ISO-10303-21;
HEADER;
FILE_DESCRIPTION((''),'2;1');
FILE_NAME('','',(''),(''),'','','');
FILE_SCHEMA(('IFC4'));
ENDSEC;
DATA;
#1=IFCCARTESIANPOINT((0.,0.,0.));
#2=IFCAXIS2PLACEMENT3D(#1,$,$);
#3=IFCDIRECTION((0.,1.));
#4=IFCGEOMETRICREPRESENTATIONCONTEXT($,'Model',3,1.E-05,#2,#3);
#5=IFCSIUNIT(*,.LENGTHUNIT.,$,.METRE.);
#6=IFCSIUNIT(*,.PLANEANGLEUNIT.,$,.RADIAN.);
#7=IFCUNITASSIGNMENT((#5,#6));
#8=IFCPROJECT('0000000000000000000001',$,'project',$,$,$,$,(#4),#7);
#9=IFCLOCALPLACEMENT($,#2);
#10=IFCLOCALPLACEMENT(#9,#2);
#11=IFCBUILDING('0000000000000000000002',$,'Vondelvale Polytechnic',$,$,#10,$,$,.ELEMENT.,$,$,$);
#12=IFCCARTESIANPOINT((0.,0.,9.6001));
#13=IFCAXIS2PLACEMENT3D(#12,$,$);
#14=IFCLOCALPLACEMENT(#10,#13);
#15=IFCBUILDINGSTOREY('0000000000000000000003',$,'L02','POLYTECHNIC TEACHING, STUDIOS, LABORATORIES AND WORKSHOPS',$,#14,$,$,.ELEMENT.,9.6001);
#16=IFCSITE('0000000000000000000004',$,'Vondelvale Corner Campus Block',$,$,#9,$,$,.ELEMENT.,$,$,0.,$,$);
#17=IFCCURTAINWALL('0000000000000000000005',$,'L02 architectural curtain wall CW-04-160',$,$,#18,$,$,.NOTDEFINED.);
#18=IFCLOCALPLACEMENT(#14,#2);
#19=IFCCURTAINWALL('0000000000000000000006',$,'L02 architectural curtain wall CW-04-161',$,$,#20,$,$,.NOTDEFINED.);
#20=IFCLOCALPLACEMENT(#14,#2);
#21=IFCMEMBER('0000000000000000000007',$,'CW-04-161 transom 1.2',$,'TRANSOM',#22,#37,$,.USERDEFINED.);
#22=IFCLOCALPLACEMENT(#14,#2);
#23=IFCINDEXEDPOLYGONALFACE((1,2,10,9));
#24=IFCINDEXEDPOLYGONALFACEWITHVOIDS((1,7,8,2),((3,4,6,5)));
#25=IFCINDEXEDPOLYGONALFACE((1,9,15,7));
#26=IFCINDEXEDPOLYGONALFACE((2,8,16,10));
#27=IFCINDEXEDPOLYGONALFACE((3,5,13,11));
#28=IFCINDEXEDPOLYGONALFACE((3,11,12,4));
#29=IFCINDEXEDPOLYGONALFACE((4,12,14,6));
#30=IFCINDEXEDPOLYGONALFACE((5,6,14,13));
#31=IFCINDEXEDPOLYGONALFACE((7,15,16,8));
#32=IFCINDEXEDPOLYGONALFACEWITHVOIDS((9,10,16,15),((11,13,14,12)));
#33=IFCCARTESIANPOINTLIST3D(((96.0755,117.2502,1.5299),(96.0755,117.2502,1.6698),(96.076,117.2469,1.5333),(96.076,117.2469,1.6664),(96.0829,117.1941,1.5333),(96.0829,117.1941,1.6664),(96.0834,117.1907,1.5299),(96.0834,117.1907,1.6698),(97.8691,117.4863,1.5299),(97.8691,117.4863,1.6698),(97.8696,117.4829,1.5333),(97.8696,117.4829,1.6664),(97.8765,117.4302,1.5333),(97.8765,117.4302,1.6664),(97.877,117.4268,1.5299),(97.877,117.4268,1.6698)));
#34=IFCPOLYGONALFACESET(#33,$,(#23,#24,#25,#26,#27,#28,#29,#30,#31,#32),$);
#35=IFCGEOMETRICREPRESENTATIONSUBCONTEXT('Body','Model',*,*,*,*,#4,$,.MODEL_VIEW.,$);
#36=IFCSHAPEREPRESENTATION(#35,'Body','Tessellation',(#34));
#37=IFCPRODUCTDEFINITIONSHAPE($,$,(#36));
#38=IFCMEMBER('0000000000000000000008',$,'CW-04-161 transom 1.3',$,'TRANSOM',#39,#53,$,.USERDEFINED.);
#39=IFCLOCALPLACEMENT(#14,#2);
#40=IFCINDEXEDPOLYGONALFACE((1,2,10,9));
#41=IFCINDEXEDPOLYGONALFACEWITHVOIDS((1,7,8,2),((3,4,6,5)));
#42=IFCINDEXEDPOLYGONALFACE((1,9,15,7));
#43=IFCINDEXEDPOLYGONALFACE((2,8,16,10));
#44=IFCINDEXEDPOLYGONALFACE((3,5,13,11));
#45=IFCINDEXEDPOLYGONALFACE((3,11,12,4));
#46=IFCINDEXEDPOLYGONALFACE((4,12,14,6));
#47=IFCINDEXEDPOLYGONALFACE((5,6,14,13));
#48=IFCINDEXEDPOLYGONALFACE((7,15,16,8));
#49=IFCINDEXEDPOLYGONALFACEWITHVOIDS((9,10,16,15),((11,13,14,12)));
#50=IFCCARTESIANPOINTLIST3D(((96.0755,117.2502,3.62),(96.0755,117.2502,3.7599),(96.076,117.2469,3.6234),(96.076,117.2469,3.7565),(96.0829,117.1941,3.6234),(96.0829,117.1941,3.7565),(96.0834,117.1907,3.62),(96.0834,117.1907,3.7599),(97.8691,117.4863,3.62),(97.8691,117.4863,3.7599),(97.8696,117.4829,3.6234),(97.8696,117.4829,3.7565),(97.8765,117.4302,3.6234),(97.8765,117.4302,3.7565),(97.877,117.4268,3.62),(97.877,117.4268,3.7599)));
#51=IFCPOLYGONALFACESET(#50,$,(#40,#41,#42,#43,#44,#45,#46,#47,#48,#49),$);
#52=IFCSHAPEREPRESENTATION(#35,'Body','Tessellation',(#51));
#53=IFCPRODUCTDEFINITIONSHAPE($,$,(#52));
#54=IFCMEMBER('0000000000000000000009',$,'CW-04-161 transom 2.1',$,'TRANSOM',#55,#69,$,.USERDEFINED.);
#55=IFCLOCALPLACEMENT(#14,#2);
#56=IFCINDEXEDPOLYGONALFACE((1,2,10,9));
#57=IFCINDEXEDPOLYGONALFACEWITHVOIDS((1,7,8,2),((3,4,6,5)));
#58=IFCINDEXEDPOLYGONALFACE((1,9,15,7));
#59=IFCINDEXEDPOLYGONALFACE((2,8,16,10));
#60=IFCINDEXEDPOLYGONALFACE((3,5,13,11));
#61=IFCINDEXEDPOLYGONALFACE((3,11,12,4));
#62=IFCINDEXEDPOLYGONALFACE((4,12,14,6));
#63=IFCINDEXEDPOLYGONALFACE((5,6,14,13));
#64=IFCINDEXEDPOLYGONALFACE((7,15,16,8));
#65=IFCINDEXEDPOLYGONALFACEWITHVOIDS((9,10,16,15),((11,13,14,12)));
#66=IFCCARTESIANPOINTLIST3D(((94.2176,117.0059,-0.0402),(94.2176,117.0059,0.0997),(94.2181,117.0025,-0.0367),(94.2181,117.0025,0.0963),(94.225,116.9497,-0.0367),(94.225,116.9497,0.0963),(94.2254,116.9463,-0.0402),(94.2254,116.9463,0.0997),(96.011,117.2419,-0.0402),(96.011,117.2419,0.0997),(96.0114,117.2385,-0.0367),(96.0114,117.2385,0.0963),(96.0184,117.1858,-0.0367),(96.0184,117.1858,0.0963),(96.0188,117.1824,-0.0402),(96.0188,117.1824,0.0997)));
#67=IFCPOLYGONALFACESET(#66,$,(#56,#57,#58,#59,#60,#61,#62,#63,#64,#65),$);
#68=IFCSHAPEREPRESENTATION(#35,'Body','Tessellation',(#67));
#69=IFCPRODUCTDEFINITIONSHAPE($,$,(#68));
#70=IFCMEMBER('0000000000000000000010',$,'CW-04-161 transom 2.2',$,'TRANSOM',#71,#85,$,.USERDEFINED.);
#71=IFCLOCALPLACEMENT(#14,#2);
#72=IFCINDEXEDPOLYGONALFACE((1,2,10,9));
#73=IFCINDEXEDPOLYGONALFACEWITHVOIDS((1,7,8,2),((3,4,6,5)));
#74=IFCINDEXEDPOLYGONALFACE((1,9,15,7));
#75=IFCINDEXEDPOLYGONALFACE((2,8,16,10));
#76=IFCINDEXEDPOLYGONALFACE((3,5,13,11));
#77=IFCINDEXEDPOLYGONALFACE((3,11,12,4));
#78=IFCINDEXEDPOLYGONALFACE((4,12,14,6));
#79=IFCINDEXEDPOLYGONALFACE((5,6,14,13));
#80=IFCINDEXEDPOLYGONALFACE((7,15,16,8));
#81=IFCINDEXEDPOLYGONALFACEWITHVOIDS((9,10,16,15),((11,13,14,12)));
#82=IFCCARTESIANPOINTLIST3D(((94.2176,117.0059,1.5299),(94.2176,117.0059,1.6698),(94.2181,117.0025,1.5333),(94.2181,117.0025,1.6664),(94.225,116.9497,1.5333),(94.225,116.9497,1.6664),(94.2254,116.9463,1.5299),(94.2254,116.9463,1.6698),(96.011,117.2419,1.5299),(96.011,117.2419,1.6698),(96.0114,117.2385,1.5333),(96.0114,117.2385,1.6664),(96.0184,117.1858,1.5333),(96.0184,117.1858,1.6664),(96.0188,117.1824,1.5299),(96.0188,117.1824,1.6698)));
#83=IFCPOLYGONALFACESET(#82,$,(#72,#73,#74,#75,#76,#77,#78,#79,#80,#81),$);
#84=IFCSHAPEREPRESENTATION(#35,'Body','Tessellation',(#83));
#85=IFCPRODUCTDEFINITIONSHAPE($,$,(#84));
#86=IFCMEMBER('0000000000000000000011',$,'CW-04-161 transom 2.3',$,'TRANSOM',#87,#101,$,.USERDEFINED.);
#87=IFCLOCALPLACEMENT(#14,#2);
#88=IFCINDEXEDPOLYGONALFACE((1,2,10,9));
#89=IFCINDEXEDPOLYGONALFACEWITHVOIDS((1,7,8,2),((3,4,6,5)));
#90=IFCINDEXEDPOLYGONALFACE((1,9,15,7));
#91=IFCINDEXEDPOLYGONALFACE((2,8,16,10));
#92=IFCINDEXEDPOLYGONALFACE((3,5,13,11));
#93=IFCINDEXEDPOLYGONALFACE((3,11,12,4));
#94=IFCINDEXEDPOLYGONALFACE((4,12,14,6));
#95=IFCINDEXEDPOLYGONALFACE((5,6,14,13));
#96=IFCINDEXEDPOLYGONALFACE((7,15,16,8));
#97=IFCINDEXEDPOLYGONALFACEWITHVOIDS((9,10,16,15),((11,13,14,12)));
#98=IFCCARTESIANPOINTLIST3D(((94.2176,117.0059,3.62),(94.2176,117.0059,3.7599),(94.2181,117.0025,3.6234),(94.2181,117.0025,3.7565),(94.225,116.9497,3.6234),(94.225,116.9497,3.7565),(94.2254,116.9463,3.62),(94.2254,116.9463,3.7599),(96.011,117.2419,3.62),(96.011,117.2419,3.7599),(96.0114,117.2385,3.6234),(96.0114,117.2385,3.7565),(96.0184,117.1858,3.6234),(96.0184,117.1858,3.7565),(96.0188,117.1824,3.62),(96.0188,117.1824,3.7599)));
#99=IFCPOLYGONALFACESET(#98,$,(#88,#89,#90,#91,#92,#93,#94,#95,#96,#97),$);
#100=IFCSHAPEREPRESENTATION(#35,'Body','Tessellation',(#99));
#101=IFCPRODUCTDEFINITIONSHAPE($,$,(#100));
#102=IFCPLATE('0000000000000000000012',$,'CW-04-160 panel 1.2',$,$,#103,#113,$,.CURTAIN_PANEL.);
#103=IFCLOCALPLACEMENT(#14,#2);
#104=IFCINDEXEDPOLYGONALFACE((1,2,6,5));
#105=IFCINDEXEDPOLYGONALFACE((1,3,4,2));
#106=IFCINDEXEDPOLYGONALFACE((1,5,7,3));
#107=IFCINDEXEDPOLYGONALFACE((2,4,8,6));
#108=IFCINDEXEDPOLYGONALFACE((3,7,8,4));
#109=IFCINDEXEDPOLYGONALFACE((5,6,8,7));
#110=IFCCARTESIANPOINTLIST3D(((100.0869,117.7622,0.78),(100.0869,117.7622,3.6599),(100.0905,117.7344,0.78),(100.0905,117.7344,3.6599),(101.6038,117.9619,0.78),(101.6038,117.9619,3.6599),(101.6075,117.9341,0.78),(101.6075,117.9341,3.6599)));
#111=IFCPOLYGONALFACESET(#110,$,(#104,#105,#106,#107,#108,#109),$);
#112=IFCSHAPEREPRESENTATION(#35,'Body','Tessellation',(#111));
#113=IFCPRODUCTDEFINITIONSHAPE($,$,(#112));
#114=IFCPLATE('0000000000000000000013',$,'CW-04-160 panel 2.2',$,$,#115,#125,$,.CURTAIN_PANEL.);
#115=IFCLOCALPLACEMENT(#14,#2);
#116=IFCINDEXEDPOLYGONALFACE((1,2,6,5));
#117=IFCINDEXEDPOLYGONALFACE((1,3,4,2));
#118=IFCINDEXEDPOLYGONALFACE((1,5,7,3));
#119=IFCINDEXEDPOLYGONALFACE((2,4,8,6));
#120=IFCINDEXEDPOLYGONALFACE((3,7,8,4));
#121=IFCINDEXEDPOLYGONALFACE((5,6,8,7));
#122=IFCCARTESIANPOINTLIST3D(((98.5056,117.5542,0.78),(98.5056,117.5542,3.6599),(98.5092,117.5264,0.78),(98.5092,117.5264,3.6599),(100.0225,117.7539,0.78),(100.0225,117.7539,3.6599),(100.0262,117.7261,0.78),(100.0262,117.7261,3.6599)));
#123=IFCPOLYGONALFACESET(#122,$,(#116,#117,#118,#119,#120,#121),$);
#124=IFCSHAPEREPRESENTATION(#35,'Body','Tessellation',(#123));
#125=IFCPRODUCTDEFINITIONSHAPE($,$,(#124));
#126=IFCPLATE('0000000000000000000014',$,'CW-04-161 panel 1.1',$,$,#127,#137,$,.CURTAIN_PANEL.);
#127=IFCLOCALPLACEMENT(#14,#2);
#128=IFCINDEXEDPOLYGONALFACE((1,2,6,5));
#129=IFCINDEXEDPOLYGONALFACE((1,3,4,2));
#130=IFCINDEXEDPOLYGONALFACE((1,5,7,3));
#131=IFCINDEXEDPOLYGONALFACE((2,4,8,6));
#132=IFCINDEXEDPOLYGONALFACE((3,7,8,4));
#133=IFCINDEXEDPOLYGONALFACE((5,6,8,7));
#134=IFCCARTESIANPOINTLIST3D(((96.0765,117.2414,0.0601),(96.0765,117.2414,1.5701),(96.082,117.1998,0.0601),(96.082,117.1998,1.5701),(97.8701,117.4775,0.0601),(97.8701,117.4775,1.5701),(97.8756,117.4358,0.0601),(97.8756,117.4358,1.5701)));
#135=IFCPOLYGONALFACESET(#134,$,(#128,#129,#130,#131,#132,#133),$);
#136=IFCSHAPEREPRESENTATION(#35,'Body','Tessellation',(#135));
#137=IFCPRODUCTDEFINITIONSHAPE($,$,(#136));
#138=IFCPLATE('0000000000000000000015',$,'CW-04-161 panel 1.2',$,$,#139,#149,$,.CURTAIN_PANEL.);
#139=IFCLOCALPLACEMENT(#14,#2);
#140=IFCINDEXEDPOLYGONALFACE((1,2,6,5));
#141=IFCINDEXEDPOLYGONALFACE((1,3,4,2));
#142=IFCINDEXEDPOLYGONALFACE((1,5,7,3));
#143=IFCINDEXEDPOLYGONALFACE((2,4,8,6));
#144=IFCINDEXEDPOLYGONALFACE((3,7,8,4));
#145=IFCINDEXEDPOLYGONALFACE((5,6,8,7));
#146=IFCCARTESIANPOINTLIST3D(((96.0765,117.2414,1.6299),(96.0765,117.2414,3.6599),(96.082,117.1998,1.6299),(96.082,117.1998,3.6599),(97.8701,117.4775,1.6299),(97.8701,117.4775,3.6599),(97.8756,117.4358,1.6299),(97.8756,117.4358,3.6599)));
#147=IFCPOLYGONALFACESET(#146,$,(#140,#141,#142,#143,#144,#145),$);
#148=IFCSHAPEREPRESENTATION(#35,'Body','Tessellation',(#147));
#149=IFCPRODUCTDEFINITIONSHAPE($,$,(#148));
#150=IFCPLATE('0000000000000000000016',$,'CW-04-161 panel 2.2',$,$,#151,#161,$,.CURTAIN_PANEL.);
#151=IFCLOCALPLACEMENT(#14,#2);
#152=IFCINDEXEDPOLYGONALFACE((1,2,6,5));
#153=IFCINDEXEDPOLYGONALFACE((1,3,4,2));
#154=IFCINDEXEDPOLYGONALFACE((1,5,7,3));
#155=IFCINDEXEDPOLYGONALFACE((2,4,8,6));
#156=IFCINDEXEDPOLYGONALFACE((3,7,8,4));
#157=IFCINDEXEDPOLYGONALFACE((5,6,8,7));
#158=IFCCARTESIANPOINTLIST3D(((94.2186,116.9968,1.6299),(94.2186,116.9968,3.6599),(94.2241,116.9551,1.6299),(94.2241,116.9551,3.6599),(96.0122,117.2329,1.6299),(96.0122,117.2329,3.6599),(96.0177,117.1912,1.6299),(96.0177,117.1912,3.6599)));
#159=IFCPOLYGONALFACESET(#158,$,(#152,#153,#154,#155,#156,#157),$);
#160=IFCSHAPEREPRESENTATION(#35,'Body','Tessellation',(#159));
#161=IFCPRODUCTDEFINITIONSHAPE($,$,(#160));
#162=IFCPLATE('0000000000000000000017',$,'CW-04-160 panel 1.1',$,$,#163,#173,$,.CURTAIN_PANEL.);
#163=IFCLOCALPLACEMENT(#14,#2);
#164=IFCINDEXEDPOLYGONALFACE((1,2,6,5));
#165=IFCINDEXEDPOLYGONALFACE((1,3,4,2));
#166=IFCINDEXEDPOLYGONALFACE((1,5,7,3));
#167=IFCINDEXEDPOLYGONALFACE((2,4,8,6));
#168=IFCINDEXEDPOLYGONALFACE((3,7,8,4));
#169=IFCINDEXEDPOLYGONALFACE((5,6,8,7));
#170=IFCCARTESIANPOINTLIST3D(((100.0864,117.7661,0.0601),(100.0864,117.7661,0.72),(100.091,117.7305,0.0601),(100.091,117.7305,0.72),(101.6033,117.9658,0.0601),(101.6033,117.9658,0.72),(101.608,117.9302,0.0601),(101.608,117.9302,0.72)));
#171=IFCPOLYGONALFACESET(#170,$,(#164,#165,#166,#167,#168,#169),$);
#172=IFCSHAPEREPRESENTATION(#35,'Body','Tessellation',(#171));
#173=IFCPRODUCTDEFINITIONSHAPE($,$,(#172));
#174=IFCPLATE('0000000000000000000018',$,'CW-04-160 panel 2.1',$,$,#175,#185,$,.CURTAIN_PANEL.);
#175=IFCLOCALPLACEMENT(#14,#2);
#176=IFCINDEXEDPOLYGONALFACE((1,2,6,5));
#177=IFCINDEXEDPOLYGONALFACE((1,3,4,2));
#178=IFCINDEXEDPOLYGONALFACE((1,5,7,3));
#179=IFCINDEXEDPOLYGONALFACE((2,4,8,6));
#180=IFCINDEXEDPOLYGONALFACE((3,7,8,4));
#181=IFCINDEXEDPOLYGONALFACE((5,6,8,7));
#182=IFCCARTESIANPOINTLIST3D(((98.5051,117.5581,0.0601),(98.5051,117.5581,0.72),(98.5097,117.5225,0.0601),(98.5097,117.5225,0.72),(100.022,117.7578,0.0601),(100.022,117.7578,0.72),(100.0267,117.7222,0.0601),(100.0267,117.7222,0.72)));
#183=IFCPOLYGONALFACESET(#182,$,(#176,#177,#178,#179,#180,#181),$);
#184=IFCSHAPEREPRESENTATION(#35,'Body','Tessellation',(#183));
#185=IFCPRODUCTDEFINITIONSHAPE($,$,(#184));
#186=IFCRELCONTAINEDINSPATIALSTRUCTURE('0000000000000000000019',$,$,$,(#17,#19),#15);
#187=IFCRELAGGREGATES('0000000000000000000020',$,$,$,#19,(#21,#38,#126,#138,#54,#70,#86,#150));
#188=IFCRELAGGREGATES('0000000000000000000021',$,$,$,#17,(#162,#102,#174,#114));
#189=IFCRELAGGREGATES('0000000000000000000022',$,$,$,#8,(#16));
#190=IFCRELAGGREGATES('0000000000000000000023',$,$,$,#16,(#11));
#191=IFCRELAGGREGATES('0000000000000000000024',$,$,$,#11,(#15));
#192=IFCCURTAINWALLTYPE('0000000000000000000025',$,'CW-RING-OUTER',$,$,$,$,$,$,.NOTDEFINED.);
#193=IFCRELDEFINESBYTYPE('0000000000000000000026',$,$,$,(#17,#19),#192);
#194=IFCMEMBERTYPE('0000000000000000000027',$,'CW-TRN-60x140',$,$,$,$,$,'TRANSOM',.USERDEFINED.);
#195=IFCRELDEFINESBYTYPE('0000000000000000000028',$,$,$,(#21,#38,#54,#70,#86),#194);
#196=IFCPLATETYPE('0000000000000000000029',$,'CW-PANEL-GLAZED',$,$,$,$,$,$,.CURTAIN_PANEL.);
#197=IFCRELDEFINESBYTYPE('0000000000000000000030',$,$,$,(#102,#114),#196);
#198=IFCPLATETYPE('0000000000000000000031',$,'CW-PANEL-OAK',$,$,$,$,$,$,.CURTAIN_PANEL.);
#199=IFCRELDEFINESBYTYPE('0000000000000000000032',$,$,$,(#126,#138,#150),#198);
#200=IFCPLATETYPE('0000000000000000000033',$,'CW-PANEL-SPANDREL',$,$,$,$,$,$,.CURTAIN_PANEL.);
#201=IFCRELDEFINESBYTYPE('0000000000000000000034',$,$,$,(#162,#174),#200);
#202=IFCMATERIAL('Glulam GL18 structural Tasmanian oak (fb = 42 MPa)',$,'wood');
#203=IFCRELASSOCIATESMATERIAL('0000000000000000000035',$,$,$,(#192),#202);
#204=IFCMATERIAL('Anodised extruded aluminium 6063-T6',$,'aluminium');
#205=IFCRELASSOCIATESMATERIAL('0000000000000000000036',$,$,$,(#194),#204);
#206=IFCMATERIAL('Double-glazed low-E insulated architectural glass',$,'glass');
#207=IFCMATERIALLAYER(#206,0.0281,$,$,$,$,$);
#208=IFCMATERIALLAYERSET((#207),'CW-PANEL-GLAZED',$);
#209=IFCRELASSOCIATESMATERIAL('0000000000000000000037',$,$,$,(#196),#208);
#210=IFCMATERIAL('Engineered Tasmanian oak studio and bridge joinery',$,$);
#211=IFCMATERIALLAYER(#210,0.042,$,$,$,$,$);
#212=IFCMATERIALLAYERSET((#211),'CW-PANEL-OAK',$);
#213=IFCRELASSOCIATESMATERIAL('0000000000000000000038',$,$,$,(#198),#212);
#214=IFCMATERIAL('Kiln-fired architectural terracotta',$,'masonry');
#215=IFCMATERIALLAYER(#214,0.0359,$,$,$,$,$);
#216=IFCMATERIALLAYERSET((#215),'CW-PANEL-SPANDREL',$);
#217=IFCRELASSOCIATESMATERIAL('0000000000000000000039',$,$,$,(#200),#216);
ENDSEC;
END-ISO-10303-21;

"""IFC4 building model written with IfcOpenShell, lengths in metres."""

from ifc_helpers import new_model, si_unit, direction, frame, origin, origin_2d, place, context, subcontext, project, spatial, rectangle, hollow_rectangle, extrude, material, layer, layer_set, material_profile, profile_set, type_object, element, aggregate, save


model = new_model("IFC4")

# Units and contexts
model_context = context("Model", 3, precision=1e-05, world=origin(), true_north=direction((0.0, 1.0)))
body_context = subcontext(model_context, "Body", "Model", "MODEL_VIEW")
ifc_project = project(units=[si_unit("LENGTHUNIT", "METRE"), si_unit("PLANEANGLEUNIT", "RADIAN")], contexts=[model_context])

# Site, building, storey
site_placement = place(None, origin())
site = spatial("IfcSite", under=ifc_project, at=site_placement, Name="Vondelvale Corner Campus Block", CompositionType="ELEMENT", RefElevation=0.0)
building_placement = place(site_placement, origin())
building = spatial("IfcBuilding", under=site, at=building_placement, Name="Vondelvale Polytechnic", CompositionType="ELEMENT")
storey_placement = place(building_placement, frame((0.0, 0.0, 9.6001)))
storey = spatial("IfcBuildingStorey", under=building, at=storey_placement, Name="L02", Description="POLYTECHNIC TEACHING, STUDIOS, LABORATORIES AND WORKSHOPS", CompositionType="ELEMENT", Elevation=9.6001)

# Shared definitions
ifc_material_1 = material(Name="Glulam GL18 structural Tasmanian oak (fb = 42 MPa)", Category="wood")

# Curtain walls
curtain_wall_type = type_object("IfcCurtainWallType", Name="CW-RING-OUTER", PredefinedType="NOTDEFINED", material=ifc_material_1)
curtain_wall_1_placement = place(storey_placement, origin())
curtain_wall_1 = element("IfcCurtainWall", 1, at=curtain_wall_1_placement, inside=storey, type_object=curtain_wall_type, Name="L02 architectural curtain wall CW-04-160", PredefinedType="NOTDEFINED")
ifc_material_2 = material(Name="Anodised extruded aluminium 6063-T6", Category="aluminium")
curtain_wall_2_placement = place(storey_placement, origin())
curtain_wall_2 = element("IfcCurtainWall", 2, at=curtain_wall_2_placement, inside=storey, type_object=curtain_wall_type, Name="L02 architectural curtain wall CW-04-161", PredefinedType="NOTDEFINED")

# Members
ifc_material_profile_1 = material_profile(ifc_material_2, hollow_rectangle(XDim=0.0601, YDim=0.1399, WallThickness=0.0034, at=origin_2d()), Name="CW-TRN-140x60")
ifc_profile_set_1 = profile_set([ifc_material_profile_1], Name="Anodised extruded aluminium 6063-T6")
member_type_1 = type_object("IfcMemberType", Name="CW-TRN-60x140", ElementType="TRANSOM", PredefinedType="USERDEFINED", material=ifc_profile_set_1)
member_1_placement = place(storey_placement, frame((97.873, 117.4565, 1.5999), z_axis=(-0.991449, -0.130493, 0.0), x_axis=(0.130493, -0.991449, 0.0)))
member_1 = element("IfcMember", 3, at=member_1_placement, type_object=member_type_1, Name="CW-04-161 transom 1.2", ObjectType="TRANSOM", PredefinedType="USERDEFINED", context=body_context, shape_type="SweptSolid", body=[
    extrude(hollow_rectangle(XDim=0.0601, YDim=0.1399, WallThickness=0.0034, at=origin_2d()), origin(), (0.0, 0.0, 1.0), 1.8091),
])
member_2_placement = place(storey_placement, frame((97.873, 117.4565, 3.6899), z_axis=(-0.991449, -0.130493, 0.0), x_axis=(0.130493, -0.991449, 0.0)))
member_2 = element("IfcMember", 4, at=member_2_placement, type_object=member_type_1, Name="CW-04-161 transom 1.3", ObjectType="TRANSOM", PredefinedType="USERDEFINED", context=body_context, shape_type="SweptSolid", body=[
    extrude(hollow_rectangle(XDim=0.0601, YDim=0.1399, WallThickness=0.0034, at=origin_2d()), origin(), (0.0, 0.0, 1.0), 1.8091),
])
member_3_placement = place(storey_placement, frame((96.0149, 117.2122, 0.0298), z_axis=(-0.991447, -0.13051, 0.0), x_axis=(0.13051, -0.991447, 0.0)))
member_3 = element("IfcMember", 5, at=member_3_placement, type_object=member_type_1, Name="CW-04-161 transom 2.1", ObjectType="TRANSOM", PredefinedType="USERDEFINED", context=body_context, shape_type="SweptSolid", body=[
    extrude(hollow_rectangle(XDim=0.0601, YDim=0.1399, WallThickness=0.0034, at=origin_2d()), origin(), (0.0, 0.0, 1.0), 1.8088),
])
member_4_placement = place(storey_placement, frame((96.0149, 117.2122, 1.5999), z_axis=(-0.991447, -0.13051, 0.0), x_axis=(0.13051, -0.991447, 0.0)))
member_4 = element("IfcMember", 6, at=member_4_placement, type_object=member_type_1, Name="CW-04-161 transom 2.2", ObjectType="TRANSOM", PredefinedType="USERDEFINED", context=body_context, shape_type="SweptSolid", body=[
    extrude(hollow_rectangle(XDim=0.0601, YDim=0.1399, WallThickness=0.0034, at=origin_2d()), origin(), (0.0, 0.0, 1.0), 1.8088),
])
member_5_placement = place(storey_placement, frame((96.0149, 117.2122, 3.6899), z_axis=(-0.991447, -0.13051, 0.0), x_axis=(0.13051, -0.991447, 0.0)))
member_5 = element("IfcMember", 7, at=member_5_placement, type_object=member_type_1, Name="CW-04-161 transom 2.3", ObjectType="TRANSOM", PredefinedType="USERDEFINED", context=body_context, shape_type="SweptSolid", body=[
    extrude(hollow_rectangle(XDim=0.0601, YDim=0.1399, WallThickness=0.0034, at=origin_2d()), origin(), (0.0, 0.0, 1.0), 1.8088),
])

# Plates
ifc_material_3 = material(Name="Double-glazed low-E insulated architectural glass", Category="glass")
ifc_layer_1 = layer(ifc_material_3, 0.0281)
ifc_layer_set_1 = layer_set([ifc_layer_1], Name="CW-PANEL-GLAZED")
plate_type_1 = type_object("IfcPlateType", Name="CW-PANEL-GLAZED", PredefinedType="CURTAIN_PANEL", material=ifc_layer_set_1)
plate_1_placement = place(storey_placement, frame((100.8472, 117.8481, 0.78), z_axis=(0.0, 0.0, 1.0), x_axis=(-0.991443, -0.13054, 0.0)))
plate_1 = element("IfcPlate", 8, at=plate_1_placement, type_object=plate_type_1, Name="CW-04-160 panel 1.2", PredefinedType="CURTAIN_PANEL", context=body_context, shape_type="SweptSolid", body=[
    extrude(rectangle(XDim=1.53, YDim=0.0281, at=origin_2d()), origin(), (0.0, 0.0, 1.0), 2.8799),
])
plate_2_placement = place(storey_placement, frame((99.2659, 117.6401, 0.78), z_axis=(0.0, 0.0, 1.0), x_axis=(-0.991443, -0.13054, 0.0)))
plate_2 = element("IfcPlate", 9, at=plate_2_placement, type_object=plate_type_1, Name="CW-04-160 panel 2.2", PredefinedType="CURTAIN_PANEL", context=body_context, shape_type="SweptSolid", body=[
    extrude(rectangle(XDim=1.53, YDim=0.0281, at=origin_2d()), origin(), (0.0, 0.0, 1.0), 2.8799),
])
ifc_material_4 = material(Name="Engineered Tasmanian oak studio and bridge joinery")
ifc_layer_2 = layer(ifc_material_4, 0.042)
ifc_layer_set_2 = layer_set([ifc_layer_2], Name="CW-PANEL-OAK")
plate_type_2 = type_object("IfcPlateType", Name="CW-PANEL-OAK", PredefinedType="CURTAIN_PANEL", material=ifc_layer_set_2)
plate_3_placement = place(storey_placement, frame((96.9761, 117.3386, 0.0601), z_axis=(0.0, 0.0, 1.0), x_axis=(-0.991449, -0.130497, 0.0)))
plate_3 = element("IfcPlate", 10, at=plate_3_placement, type_object=plate_type_2, Name="CW-04-161 panel 1.1", PredefinedType="CURTAIN_PANEL", context=body_context, shape_type="SweptSolid", body=[
    extrude(rectangle(XDim=1.8091, YDim=0.042, at=origin_2d()), origin(), (0.0, 0.0, 1.0), 1.51),
])
plate_4_placement = place(storey_placement, frame((96.9761, 117.3386, 1.6299), z_axis=(0.0, 0.0, 1.0), x_axis=(-0.991449, -0.130497, 0.0)))
plate_4 = element("IfcPlate", 11, at=plate_4_placement, type_object=plate_type_2, Name="CW-04-161 panel 1.2", PredefinedType="CURTAIN_PANEL", context=body_context, shape_type="SweptSolid", body=[
    extrude(rectangle(XDim=1.8091, YDim=0.042, at=origin_2d()), origin(), (0.0, 0.0, 1.0), 2.03),
])
plate_5_placement = place(storey_placement, frame((95.1182, 117.094, 1.6299), z_axis=(0.0, 0.0, 1.0), x_axis=(-0.991449, -0.130497, 0.0)))
plate_5 = element("IfcPlate", 12, at=plate_5_placement, type_object=plate_type_2, Name="CW-04-161 panel 2.2", PredefinedType="CURTAIN_PANEL", context=body_context, shape_type="SweptSolid", body=[
    extrude(rectangle(XDim=1.8091, YDim=0.042, at=origin_2d()), origin(), (0.0, 0.0, 1.0), 2.03),
])
aggregate(curtain_wall_2, [member_1, member_2, plate_3, plate_4, member_3, member_4, member_5, plate_5])
ifc_material_5 = material(Name="Kiln-fired architectural terracotta", Category="masonry")
ifc_layer_3 = layer(ifc_material_5, 0.0359)
ifc_layer_set_3 = layer_set([ifc_layer_3], Name="CW-PANEL-SPANDREL")
plate_type_3 = type_object("IfcPlateType", Name="CW-PANEL-SPANDREL", PredefinedType="CURTAIN_PANEL", material=ifc_layer_set_3)
plate_6_placement = place(storey_placement, frame((100.8472, 117.8481, 0.0601), z_axis=(0.0, 0.0, 1.0), x_axis=(-0.991443, -0.13054, 0.0)))
plate_6 = element("IfcPlate", 13, at=plate_6_placement, type_object=plate_type_3, Name="CW-04-160 panel 1.1", PredefinedType="CURTAIN_PANEL", context=body_context, shape_type="SweptSolid", body=[
    extrude(rectangle(XDim=1.53, YDim=0.0359, at=origin_2d()), origin(), (0.0, 0.0, 1.0), 0.6599),
])
plate_7_placement = place(storey_placement, frame((99.2659, 117.6401, 0.0601), z_axis=(0.0, 0.0, 1.0), x_axis=(-0.991443, -0.13054, 0.0)))
plate_7 = element("IfcPlate", 14, at=plate_7_placement, type_object=plate_type_3, Name="CW-04-160 panel 2.1", PredefinedType="CURTAIN_PANEL", context=body_context, shape_type="SweptSolid", body=[
    extrude(rectangle(XDim=1.53, YDim=0.0359, at=origin_2d()), origin(), (0.0, 0.0, 1.0), 0.6599),
])
aggregate(curtain_wall_1, [plate_6, plate_1, plate_7, plate_2])

save(model, "model.ifc")
